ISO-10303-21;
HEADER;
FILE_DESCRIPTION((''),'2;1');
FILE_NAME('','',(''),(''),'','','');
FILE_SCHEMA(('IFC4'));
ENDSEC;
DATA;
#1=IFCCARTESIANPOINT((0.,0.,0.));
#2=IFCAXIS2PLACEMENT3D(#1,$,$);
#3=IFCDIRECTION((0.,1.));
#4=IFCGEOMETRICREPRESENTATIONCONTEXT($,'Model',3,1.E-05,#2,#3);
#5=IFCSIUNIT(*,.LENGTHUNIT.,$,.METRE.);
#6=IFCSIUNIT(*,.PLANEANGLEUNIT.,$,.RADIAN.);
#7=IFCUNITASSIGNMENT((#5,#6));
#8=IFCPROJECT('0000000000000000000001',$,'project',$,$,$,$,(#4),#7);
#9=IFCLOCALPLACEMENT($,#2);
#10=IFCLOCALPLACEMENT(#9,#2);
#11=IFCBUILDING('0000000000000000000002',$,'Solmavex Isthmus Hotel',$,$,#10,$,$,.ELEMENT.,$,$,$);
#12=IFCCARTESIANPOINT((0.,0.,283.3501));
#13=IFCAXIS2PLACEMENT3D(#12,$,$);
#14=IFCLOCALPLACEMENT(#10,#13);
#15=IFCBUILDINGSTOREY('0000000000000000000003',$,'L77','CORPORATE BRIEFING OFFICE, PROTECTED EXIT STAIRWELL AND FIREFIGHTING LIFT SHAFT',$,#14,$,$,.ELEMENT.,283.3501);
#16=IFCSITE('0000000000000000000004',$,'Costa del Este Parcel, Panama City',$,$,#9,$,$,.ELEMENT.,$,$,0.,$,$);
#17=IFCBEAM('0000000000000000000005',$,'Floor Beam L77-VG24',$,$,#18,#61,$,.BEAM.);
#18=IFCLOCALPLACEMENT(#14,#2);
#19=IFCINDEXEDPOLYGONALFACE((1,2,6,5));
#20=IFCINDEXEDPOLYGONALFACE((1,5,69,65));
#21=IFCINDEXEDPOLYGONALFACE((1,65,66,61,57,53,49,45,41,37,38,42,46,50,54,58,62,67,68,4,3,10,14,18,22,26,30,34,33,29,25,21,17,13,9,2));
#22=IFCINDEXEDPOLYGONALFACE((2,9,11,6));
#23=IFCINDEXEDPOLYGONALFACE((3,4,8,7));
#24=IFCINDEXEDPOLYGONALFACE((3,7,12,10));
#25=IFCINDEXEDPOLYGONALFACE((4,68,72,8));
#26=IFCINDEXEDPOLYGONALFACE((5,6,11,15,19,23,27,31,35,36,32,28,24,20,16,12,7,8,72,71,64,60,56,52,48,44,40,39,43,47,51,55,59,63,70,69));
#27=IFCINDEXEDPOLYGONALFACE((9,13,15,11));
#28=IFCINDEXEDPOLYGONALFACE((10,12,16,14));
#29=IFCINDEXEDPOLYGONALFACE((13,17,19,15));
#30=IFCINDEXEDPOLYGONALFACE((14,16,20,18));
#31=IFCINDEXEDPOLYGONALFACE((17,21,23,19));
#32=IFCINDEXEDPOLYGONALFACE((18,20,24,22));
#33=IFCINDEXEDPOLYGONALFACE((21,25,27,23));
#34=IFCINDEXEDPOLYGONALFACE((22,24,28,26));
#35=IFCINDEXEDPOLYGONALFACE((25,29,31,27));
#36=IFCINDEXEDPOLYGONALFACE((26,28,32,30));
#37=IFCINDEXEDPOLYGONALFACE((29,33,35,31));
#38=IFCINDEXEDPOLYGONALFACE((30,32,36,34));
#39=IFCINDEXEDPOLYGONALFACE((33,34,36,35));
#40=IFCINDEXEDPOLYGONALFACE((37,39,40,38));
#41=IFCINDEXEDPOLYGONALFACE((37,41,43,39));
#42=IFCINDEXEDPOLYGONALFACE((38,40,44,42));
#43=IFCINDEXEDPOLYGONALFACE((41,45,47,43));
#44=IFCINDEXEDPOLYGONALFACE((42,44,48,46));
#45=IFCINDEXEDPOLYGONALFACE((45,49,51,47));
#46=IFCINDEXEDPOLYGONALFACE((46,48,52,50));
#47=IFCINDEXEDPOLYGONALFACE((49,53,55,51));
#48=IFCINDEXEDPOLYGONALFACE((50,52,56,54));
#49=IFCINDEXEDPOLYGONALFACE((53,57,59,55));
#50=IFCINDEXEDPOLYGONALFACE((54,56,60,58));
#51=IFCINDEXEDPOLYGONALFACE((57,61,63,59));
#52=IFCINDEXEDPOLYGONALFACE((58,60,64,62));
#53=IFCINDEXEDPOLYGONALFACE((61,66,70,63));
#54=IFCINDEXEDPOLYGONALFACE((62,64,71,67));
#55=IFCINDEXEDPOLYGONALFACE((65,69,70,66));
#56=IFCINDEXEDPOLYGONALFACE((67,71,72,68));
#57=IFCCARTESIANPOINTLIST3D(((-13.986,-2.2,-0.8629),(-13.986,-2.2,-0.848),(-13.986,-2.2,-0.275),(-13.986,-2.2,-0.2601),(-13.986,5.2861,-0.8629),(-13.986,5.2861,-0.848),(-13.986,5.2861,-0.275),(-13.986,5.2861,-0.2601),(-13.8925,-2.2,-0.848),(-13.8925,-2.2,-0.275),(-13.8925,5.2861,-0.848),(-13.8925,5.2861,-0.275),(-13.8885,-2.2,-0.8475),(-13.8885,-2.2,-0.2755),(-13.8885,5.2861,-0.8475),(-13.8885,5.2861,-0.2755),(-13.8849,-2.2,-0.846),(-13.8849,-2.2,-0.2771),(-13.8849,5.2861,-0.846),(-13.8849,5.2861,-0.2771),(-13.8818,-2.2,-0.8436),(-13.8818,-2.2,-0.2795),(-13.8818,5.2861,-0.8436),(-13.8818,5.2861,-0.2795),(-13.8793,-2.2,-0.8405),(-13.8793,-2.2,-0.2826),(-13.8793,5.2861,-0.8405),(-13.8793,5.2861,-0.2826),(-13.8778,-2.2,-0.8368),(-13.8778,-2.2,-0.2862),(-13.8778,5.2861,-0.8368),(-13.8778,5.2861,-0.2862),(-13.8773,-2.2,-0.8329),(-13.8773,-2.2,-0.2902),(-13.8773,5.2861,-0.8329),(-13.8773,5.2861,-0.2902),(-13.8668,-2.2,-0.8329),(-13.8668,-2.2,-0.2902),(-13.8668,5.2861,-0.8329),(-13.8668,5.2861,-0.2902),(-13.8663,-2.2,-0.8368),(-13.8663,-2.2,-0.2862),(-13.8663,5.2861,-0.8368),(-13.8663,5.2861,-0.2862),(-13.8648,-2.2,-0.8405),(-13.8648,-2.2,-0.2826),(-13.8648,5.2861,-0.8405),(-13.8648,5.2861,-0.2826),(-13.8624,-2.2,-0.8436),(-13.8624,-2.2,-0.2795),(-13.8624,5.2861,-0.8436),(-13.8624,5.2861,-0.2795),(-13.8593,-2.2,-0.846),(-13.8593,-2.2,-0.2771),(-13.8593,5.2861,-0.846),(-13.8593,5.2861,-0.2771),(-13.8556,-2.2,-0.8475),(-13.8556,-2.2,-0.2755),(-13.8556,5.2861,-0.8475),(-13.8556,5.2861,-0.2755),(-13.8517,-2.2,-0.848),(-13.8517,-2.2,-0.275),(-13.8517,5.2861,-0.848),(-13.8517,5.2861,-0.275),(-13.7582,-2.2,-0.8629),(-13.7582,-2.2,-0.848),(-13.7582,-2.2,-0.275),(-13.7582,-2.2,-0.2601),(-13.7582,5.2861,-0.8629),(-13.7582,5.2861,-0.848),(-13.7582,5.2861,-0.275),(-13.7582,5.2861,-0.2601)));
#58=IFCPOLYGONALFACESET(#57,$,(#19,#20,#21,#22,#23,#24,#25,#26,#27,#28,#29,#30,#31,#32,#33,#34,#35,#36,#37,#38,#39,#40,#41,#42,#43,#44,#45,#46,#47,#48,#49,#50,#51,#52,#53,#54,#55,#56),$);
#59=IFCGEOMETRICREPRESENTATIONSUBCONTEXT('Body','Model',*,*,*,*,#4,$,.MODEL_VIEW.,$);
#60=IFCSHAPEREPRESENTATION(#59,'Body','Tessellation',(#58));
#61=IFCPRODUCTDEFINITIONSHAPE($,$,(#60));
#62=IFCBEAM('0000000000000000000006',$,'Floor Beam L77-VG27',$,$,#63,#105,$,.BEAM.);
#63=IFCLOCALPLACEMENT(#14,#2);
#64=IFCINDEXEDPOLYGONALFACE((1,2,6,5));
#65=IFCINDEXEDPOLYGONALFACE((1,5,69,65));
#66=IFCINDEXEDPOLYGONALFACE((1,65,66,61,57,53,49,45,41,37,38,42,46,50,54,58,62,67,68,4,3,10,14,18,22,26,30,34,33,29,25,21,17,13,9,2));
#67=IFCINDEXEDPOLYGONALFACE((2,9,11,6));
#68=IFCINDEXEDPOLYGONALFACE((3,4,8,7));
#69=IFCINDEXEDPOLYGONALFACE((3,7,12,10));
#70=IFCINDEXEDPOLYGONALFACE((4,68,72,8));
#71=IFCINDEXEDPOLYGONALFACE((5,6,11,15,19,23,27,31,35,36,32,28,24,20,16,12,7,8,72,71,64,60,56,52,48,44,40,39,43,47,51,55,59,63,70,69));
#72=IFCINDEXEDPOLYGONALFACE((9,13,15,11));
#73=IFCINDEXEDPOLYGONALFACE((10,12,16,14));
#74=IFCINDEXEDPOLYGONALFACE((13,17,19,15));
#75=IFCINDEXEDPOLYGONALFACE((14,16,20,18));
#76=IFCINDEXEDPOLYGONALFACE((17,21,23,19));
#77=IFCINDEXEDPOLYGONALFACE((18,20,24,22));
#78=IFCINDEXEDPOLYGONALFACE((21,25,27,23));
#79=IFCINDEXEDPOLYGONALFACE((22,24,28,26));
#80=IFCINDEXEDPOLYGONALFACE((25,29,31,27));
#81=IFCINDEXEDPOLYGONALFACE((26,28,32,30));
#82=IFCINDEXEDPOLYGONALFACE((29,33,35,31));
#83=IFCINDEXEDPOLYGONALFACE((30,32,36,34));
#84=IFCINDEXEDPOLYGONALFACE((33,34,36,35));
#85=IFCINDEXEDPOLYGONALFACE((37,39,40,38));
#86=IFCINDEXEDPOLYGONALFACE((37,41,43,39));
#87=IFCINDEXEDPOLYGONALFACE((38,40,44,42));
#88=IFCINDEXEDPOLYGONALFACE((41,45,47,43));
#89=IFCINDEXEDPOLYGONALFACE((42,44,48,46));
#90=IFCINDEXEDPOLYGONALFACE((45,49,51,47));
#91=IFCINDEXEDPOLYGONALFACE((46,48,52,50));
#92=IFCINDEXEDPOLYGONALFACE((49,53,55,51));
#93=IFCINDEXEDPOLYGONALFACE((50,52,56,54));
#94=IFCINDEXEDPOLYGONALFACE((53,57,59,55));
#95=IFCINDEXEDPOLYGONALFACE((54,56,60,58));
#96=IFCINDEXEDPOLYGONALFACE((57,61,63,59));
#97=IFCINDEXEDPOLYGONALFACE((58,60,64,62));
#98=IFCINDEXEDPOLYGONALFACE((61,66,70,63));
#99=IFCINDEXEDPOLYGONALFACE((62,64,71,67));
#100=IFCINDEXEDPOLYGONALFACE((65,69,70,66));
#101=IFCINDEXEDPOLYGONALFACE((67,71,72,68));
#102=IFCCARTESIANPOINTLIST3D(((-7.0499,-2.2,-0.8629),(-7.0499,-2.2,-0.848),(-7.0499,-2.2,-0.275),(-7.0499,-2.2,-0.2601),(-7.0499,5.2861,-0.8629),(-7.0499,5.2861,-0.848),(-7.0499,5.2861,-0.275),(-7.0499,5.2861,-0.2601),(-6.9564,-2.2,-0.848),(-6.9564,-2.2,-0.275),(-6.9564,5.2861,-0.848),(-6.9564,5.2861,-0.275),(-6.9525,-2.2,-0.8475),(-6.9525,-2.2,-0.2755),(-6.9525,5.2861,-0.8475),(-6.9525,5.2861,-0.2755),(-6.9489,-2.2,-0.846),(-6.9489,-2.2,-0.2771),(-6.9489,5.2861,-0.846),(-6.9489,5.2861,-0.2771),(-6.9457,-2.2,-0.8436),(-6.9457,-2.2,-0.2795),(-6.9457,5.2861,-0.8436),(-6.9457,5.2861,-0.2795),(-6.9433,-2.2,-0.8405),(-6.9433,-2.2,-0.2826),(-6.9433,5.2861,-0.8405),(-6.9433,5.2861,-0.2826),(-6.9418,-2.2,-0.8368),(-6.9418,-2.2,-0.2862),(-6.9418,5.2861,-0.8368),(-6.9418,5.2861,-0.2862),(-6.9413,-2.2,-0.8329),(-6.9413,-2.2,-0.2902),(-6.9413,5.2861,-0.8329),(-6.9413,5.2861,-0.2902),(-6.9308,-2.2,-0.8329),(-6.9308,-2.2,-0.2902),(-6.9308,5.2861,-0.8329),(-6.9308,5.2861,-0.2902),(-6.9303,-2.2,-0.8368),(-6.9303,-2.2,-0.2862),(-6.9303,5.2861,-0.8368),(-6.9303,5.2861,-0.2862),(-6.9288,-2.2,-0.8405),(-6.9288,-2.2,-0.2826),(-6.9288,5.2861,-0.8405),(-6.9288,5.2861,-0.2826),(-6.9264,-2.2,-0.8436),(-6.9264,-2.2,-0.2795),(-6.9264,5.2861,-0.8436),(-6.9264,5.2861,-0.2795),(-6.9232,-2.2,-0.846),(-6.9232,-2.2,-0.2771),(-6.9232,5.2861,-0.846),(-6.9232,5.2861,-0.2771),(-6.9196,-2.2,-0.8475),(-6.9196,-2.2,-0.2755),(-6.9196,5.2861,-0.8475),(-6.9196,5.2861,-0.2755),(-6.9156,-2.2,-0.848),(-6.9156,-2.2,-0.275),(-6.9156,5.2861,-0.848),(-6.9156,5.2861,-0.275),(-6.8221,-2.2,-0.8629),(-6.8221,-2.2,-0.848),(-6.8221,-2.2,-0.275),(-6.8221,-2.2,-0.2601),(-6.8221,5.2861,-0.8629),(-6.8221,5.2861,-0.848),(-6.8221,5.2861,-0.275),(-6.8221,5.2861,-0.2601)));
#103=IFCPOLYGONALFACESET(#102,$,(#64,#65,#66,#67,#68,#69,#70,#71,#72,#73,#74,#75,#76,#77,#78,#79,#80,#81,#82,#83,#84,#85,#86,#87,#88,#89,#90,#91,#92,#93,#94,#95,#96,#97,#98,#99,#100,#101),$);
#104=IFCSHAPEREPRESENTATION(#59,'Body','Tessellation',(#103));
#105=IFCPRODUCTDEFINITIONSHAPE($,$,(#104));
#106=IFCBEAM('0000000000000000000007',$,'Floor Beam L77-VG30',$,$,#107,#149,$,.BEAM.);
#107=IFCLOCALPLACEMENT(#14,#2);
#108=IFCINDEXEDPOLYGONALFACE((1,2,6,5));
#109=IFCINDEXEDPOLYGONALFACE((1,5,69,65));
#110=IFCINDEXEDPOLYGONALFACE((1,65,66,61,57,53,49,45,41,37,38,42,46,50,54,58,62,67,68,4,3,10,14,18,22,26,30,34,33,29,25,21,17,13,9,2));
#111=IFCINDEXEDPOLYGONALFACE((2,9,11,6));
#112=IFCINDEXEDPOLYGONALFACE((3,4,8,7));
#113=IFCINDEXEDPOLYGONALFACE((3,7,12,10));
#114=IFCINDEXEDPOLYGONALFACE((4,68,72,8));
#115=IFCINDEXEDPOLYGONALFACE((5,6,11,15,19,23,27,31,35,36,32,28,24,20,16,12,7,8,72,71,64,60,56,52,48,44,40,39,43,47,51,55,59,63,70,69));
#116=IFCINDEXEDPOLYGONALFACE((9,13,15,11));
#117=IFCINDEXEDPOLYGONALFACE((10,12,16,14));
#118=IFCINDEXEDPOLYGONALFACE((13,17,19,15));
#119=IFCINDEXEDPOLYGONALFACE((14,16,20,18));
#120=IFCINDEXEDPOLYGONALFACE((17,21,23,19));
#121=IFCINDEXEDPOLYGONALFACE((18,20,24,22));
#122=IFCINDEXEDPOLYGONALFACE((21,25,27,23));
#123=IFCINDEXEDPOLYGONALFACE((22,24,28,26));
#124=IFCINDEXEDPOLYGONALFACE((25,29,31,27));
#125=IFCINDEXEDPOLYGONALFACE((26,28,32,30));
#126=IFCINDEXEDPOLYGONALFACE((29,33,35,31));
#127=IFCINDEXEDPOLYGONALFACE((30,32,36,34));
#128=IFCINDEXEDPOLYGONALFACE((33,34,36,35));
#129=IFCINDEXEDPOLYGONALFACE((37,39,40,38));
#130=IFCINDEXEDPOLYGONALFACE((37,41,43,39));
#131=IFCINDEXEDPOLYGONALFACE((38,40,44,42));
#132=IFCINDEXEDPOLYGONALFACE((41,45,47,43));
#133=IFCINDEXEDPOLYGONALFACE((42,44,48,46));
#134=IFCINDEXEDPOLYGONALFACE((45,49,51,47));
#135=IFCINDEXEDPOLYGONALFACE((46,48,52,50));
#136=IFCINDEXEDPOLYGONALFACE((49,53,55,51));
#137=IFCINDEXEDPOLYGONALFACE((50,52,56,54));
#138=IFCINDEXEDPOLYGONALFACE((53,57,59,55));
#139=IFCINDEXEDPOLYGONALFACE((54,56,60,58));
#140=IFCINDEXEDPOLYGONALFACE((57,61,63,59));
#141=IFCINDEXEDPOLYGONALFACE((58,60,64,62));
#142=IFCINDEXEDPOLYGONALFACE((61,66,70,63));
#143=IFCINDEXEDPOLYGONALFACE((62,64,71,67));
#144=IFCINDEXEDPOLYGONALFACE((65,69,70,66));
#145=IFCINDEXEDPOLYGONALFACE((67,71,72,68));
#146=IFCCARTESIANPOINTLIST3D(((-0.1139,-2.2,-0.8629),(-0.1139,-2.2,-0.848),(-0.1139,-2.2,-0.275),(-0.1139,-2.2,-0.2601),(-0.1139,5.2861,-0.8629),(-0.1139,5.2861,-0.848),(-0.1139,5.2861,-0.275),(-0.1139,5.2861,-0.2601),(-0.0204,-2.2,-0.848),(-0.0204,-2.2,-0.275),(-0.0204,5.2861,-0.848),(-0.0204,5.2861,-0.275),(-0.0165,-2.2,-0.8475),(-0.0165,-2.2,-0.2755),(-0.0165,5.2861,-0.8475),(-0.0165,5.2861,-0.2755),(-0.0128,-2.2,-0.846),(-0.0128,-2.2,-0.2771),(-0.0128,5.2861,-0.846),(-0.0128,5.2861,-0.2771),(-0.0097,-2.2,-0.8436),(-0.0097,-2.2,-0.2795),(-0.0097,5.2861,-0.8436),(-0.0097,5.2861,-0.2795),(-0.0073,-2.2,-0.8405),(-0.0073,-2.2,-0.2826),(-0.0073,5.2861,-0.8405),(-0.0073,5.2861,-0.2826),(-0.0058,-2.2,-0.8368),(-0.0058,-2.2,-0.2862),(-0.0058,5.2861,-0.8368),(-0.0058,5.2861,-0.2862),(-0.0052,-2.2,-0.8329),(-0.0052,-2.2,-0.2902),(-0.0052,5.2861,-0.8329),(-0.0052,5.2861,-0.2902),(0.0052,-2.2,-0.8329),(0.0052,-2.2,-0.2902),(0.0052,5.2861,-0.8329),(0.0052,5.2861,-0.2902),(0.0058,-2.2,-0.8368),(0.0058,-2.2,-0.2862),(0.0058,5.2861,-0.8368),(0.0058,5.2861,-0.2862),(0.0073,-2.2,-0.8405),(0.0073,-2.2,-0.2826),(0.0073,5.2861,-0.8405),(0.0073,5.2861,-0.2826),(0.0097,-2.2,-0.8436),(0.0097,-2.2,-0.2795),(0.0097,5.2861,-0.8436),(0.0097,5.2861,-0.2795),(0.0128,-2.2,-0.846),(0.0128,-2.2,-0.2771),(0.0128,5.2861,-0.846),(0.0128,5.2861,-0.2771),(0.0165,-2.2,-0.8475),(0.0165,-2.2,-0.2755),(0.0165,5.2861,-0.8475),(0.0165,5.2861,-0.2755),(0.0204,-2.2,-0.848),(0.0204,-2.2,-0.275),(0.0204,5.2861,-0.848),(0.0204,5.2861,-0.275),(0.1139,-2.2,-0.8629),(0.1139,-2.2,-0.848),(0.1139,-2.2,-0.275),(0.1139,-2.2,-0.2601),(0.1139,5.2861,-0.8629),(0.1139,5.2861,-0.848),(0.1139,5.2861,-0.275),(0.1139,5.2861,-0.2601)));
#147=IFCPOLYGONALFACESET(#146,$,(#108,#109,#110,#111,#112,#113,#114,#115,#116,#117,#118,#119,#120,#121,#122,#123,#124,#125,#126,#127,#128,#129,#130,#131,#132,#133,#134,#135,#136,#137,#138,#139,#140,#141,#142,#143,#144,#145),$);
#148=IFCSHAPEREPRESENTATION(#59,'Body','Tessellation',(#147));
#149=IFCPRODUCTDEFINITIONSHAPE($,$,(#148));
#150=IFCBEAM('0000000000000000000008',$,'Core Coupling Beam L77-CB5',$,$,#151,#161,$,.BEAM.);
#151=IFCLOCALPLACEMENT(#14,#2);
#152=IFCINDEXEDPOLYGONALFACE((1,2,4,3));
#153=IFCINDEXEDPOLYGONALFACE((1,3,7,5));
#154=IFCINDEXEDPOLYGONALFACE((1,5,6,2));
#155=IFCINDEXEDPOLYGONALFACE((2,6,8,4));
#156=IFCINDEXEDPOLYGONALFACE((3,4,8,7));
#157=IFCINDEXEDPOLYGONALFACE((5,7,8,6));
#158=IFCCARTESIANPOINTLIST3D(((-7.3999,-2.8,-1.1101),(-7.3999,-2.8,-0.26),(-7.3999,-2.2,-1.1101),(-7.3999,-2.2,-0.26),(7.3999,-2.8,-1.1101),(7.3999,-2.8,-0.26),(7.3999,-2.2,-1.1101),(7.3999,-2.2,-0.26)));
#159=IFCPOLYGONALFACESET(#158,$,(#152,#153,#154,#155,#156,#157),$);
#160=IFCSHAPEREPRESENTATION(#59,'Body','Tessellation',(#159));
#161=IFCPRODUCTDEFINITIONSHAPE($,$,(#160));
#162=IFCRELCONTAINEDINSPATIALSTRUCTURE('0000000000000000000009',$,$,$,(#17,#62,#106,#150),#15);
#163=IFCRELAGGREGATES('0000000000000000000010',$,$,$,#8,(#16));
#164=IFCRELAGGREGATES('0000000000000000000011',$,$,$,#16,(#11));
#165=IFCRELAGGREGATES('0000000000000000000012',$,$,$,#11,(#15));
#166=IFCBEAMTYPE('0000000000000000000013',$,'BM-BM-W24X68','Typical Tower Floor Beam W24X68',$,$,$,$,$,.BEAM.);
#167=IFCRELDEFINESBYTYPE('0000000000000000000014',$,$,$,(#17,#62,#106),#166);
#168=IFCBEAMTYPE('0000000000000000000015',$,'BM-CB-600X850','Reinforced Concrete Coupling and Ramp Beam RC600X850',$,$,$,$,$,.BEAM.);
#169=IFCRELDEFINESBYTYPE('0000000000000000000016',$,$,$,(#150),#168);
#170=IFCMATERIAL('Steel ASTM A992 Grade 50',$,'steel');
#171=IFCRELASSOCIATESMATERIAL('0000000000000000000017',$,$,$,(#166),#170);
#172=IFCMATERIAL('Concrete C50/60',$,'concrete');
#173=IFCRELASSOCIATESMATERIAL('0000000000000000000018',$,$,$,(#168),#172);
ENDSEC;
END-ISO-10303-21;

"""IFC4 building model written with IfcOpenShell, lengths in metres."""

from ifc_helpers import new_model, si_unit, direction, frame, origin, origin_2d, place, context, subcontext, project, spatial, rectangle, i_section, extrude, material, material_profile, profile_set, type_object, element, save


model = new_model("IFC4")

# Units and contexts
model_context = context("Model", 3, precision=1e-05, world=origin(), true_north=direction((0.0, 1.0)))
body_context = subcontext(model_context, "Body", "Model", "MODEL_VIEW")
ifc_project = project(units=[si_unit("LENGTHUNIT", "METRE"), si_unit("PLANEANGLEUNIT", "RADIAN")], contexts=[model_context])

# Site, building, storey
site_placement = place(None, origin())
site = spatial("IfcSite", under=ifc_project, at=site_placement, Name="Costa del Este Parcel, Panama City", CompositionType="ELEMENT", RefElevation=0.0)
building_placement = place(site_placement, origin())
building = spatial("IfcBuilding", under=site, at=building_placement, Name="Solmavex Isthmus Hotel", CompositionType="ELEMENT")
storey_placement = place(building_placement, frame((0.0, 0.0, 283.3501)))
storey = spatial("IfcBuildingStorey", under=building, at=storey_placement, Name="L77", Description="CORPORATE BRIEFING OFFICE, PROTECTED EXIT STAIRWELL AND FIREFIGHTING LIFT SHAFT", CompositionType="ELEMENT", Elevation=283.3501)

# Beams
ifc_material_1 = material(Name="Steel ASTM A992 Grade 50", Category="steel")
ifc_material_profile_1 = material_profile(ifc_material_1, i_section(OverallWidth=0.2278, OverallDepth=0.6028, WebThickness=0.0105, FlangeThickness=0.0149, FilletRadius=0.0151, at=origin_2d()), Name="W24X68")
ifc_profile_set_1 = profile_set([ifc_material_profile_1], Name="Steel ASTM A992 Grade 50")
beam_type_1 = type_object("IfcBeamType", Name="BM-BM-W24X68", Description="Typical Tower Floor Beam W24X68", PredefinedType="BEAM", material=ifc_profile_set_1)
for number, where, z_axis, x_axis, name in (
    (1, (-13.8721, -2.2, -0.5615), (0.0, 1.0, 0.0), (-1.0, 0.0, 0.0), "Floor Beam L77-VG24"),
    (2, (-6.936, -2.2, -0.5615), (0.0, 1.0, 0.0), (-1.0, 0.0, 0.0), "Floor Beam L77-VG27"),
    (3, (0.0, -2.2, -0.5615), (0.0, 1.0, 0.0), (-1.0, 0.0, 0.0), "Floor Beam L77-VG30"),
):
    element("IfcBeam", number, at=place(storey_placement, frame(where, z_axis=z_axis, x_axis=x_axis)), inside=storey, type_object=beam_type_1, Name=name, PredefinedType="BEAM", context=body_context, shape_type="SweptSolid", body=[
        extrude(i_section(OverallWidth=0.2278, OverallDepth=0.6028, WebThickness=0.0105, FlangeThickness=0.0149, FilletRadius=0.0151, at=origin_2d()), origin(), (0.0, 0.0, 1.0), 7.4861),
    ])
ifc_material_2 = material(Name="Concrete C50/60", Category="concrete")
ifc_material_profile_2 = material_profile(ifc_material_2, rectangle(XDim=0.6001, YDim=0.8501, at=origin_2d()), Name="RC600X850")
ifc_profile_set_2 = profile_set([ifc_material_profile_2], Name="Concrete C50/60")
beam_type_2 = type_object("IfcBeamType", Name="BM-CB-600X850", Description="Reinforced Concrete Coupling and Ramp Beam RC600X850", PredefinedType="BEAM", material=ifc_profile_set_2)
beam_placement = place(storey_placement, frame((-7.3999, -2.5, -0.6851), z_axis=(1.0, 0.0, 0.0), x_axis=(0.0, 1.0, 0.0)))
element("IfcBeam", 4, at=beam_placement, inside=storey, type_object=beam_type_2, Name="Core Coupling Beam L77-CB5", PredefinedType="BEAM", context=body_context, shape_type="SweptSolid", body=[
    extrude(rectangle(XDim=0.6001, YDim=0.8501, at=origin_2d()), origin(), (0.0, 0.0, 1.0), 14.7998),
])

save(model, "model.ifc")
